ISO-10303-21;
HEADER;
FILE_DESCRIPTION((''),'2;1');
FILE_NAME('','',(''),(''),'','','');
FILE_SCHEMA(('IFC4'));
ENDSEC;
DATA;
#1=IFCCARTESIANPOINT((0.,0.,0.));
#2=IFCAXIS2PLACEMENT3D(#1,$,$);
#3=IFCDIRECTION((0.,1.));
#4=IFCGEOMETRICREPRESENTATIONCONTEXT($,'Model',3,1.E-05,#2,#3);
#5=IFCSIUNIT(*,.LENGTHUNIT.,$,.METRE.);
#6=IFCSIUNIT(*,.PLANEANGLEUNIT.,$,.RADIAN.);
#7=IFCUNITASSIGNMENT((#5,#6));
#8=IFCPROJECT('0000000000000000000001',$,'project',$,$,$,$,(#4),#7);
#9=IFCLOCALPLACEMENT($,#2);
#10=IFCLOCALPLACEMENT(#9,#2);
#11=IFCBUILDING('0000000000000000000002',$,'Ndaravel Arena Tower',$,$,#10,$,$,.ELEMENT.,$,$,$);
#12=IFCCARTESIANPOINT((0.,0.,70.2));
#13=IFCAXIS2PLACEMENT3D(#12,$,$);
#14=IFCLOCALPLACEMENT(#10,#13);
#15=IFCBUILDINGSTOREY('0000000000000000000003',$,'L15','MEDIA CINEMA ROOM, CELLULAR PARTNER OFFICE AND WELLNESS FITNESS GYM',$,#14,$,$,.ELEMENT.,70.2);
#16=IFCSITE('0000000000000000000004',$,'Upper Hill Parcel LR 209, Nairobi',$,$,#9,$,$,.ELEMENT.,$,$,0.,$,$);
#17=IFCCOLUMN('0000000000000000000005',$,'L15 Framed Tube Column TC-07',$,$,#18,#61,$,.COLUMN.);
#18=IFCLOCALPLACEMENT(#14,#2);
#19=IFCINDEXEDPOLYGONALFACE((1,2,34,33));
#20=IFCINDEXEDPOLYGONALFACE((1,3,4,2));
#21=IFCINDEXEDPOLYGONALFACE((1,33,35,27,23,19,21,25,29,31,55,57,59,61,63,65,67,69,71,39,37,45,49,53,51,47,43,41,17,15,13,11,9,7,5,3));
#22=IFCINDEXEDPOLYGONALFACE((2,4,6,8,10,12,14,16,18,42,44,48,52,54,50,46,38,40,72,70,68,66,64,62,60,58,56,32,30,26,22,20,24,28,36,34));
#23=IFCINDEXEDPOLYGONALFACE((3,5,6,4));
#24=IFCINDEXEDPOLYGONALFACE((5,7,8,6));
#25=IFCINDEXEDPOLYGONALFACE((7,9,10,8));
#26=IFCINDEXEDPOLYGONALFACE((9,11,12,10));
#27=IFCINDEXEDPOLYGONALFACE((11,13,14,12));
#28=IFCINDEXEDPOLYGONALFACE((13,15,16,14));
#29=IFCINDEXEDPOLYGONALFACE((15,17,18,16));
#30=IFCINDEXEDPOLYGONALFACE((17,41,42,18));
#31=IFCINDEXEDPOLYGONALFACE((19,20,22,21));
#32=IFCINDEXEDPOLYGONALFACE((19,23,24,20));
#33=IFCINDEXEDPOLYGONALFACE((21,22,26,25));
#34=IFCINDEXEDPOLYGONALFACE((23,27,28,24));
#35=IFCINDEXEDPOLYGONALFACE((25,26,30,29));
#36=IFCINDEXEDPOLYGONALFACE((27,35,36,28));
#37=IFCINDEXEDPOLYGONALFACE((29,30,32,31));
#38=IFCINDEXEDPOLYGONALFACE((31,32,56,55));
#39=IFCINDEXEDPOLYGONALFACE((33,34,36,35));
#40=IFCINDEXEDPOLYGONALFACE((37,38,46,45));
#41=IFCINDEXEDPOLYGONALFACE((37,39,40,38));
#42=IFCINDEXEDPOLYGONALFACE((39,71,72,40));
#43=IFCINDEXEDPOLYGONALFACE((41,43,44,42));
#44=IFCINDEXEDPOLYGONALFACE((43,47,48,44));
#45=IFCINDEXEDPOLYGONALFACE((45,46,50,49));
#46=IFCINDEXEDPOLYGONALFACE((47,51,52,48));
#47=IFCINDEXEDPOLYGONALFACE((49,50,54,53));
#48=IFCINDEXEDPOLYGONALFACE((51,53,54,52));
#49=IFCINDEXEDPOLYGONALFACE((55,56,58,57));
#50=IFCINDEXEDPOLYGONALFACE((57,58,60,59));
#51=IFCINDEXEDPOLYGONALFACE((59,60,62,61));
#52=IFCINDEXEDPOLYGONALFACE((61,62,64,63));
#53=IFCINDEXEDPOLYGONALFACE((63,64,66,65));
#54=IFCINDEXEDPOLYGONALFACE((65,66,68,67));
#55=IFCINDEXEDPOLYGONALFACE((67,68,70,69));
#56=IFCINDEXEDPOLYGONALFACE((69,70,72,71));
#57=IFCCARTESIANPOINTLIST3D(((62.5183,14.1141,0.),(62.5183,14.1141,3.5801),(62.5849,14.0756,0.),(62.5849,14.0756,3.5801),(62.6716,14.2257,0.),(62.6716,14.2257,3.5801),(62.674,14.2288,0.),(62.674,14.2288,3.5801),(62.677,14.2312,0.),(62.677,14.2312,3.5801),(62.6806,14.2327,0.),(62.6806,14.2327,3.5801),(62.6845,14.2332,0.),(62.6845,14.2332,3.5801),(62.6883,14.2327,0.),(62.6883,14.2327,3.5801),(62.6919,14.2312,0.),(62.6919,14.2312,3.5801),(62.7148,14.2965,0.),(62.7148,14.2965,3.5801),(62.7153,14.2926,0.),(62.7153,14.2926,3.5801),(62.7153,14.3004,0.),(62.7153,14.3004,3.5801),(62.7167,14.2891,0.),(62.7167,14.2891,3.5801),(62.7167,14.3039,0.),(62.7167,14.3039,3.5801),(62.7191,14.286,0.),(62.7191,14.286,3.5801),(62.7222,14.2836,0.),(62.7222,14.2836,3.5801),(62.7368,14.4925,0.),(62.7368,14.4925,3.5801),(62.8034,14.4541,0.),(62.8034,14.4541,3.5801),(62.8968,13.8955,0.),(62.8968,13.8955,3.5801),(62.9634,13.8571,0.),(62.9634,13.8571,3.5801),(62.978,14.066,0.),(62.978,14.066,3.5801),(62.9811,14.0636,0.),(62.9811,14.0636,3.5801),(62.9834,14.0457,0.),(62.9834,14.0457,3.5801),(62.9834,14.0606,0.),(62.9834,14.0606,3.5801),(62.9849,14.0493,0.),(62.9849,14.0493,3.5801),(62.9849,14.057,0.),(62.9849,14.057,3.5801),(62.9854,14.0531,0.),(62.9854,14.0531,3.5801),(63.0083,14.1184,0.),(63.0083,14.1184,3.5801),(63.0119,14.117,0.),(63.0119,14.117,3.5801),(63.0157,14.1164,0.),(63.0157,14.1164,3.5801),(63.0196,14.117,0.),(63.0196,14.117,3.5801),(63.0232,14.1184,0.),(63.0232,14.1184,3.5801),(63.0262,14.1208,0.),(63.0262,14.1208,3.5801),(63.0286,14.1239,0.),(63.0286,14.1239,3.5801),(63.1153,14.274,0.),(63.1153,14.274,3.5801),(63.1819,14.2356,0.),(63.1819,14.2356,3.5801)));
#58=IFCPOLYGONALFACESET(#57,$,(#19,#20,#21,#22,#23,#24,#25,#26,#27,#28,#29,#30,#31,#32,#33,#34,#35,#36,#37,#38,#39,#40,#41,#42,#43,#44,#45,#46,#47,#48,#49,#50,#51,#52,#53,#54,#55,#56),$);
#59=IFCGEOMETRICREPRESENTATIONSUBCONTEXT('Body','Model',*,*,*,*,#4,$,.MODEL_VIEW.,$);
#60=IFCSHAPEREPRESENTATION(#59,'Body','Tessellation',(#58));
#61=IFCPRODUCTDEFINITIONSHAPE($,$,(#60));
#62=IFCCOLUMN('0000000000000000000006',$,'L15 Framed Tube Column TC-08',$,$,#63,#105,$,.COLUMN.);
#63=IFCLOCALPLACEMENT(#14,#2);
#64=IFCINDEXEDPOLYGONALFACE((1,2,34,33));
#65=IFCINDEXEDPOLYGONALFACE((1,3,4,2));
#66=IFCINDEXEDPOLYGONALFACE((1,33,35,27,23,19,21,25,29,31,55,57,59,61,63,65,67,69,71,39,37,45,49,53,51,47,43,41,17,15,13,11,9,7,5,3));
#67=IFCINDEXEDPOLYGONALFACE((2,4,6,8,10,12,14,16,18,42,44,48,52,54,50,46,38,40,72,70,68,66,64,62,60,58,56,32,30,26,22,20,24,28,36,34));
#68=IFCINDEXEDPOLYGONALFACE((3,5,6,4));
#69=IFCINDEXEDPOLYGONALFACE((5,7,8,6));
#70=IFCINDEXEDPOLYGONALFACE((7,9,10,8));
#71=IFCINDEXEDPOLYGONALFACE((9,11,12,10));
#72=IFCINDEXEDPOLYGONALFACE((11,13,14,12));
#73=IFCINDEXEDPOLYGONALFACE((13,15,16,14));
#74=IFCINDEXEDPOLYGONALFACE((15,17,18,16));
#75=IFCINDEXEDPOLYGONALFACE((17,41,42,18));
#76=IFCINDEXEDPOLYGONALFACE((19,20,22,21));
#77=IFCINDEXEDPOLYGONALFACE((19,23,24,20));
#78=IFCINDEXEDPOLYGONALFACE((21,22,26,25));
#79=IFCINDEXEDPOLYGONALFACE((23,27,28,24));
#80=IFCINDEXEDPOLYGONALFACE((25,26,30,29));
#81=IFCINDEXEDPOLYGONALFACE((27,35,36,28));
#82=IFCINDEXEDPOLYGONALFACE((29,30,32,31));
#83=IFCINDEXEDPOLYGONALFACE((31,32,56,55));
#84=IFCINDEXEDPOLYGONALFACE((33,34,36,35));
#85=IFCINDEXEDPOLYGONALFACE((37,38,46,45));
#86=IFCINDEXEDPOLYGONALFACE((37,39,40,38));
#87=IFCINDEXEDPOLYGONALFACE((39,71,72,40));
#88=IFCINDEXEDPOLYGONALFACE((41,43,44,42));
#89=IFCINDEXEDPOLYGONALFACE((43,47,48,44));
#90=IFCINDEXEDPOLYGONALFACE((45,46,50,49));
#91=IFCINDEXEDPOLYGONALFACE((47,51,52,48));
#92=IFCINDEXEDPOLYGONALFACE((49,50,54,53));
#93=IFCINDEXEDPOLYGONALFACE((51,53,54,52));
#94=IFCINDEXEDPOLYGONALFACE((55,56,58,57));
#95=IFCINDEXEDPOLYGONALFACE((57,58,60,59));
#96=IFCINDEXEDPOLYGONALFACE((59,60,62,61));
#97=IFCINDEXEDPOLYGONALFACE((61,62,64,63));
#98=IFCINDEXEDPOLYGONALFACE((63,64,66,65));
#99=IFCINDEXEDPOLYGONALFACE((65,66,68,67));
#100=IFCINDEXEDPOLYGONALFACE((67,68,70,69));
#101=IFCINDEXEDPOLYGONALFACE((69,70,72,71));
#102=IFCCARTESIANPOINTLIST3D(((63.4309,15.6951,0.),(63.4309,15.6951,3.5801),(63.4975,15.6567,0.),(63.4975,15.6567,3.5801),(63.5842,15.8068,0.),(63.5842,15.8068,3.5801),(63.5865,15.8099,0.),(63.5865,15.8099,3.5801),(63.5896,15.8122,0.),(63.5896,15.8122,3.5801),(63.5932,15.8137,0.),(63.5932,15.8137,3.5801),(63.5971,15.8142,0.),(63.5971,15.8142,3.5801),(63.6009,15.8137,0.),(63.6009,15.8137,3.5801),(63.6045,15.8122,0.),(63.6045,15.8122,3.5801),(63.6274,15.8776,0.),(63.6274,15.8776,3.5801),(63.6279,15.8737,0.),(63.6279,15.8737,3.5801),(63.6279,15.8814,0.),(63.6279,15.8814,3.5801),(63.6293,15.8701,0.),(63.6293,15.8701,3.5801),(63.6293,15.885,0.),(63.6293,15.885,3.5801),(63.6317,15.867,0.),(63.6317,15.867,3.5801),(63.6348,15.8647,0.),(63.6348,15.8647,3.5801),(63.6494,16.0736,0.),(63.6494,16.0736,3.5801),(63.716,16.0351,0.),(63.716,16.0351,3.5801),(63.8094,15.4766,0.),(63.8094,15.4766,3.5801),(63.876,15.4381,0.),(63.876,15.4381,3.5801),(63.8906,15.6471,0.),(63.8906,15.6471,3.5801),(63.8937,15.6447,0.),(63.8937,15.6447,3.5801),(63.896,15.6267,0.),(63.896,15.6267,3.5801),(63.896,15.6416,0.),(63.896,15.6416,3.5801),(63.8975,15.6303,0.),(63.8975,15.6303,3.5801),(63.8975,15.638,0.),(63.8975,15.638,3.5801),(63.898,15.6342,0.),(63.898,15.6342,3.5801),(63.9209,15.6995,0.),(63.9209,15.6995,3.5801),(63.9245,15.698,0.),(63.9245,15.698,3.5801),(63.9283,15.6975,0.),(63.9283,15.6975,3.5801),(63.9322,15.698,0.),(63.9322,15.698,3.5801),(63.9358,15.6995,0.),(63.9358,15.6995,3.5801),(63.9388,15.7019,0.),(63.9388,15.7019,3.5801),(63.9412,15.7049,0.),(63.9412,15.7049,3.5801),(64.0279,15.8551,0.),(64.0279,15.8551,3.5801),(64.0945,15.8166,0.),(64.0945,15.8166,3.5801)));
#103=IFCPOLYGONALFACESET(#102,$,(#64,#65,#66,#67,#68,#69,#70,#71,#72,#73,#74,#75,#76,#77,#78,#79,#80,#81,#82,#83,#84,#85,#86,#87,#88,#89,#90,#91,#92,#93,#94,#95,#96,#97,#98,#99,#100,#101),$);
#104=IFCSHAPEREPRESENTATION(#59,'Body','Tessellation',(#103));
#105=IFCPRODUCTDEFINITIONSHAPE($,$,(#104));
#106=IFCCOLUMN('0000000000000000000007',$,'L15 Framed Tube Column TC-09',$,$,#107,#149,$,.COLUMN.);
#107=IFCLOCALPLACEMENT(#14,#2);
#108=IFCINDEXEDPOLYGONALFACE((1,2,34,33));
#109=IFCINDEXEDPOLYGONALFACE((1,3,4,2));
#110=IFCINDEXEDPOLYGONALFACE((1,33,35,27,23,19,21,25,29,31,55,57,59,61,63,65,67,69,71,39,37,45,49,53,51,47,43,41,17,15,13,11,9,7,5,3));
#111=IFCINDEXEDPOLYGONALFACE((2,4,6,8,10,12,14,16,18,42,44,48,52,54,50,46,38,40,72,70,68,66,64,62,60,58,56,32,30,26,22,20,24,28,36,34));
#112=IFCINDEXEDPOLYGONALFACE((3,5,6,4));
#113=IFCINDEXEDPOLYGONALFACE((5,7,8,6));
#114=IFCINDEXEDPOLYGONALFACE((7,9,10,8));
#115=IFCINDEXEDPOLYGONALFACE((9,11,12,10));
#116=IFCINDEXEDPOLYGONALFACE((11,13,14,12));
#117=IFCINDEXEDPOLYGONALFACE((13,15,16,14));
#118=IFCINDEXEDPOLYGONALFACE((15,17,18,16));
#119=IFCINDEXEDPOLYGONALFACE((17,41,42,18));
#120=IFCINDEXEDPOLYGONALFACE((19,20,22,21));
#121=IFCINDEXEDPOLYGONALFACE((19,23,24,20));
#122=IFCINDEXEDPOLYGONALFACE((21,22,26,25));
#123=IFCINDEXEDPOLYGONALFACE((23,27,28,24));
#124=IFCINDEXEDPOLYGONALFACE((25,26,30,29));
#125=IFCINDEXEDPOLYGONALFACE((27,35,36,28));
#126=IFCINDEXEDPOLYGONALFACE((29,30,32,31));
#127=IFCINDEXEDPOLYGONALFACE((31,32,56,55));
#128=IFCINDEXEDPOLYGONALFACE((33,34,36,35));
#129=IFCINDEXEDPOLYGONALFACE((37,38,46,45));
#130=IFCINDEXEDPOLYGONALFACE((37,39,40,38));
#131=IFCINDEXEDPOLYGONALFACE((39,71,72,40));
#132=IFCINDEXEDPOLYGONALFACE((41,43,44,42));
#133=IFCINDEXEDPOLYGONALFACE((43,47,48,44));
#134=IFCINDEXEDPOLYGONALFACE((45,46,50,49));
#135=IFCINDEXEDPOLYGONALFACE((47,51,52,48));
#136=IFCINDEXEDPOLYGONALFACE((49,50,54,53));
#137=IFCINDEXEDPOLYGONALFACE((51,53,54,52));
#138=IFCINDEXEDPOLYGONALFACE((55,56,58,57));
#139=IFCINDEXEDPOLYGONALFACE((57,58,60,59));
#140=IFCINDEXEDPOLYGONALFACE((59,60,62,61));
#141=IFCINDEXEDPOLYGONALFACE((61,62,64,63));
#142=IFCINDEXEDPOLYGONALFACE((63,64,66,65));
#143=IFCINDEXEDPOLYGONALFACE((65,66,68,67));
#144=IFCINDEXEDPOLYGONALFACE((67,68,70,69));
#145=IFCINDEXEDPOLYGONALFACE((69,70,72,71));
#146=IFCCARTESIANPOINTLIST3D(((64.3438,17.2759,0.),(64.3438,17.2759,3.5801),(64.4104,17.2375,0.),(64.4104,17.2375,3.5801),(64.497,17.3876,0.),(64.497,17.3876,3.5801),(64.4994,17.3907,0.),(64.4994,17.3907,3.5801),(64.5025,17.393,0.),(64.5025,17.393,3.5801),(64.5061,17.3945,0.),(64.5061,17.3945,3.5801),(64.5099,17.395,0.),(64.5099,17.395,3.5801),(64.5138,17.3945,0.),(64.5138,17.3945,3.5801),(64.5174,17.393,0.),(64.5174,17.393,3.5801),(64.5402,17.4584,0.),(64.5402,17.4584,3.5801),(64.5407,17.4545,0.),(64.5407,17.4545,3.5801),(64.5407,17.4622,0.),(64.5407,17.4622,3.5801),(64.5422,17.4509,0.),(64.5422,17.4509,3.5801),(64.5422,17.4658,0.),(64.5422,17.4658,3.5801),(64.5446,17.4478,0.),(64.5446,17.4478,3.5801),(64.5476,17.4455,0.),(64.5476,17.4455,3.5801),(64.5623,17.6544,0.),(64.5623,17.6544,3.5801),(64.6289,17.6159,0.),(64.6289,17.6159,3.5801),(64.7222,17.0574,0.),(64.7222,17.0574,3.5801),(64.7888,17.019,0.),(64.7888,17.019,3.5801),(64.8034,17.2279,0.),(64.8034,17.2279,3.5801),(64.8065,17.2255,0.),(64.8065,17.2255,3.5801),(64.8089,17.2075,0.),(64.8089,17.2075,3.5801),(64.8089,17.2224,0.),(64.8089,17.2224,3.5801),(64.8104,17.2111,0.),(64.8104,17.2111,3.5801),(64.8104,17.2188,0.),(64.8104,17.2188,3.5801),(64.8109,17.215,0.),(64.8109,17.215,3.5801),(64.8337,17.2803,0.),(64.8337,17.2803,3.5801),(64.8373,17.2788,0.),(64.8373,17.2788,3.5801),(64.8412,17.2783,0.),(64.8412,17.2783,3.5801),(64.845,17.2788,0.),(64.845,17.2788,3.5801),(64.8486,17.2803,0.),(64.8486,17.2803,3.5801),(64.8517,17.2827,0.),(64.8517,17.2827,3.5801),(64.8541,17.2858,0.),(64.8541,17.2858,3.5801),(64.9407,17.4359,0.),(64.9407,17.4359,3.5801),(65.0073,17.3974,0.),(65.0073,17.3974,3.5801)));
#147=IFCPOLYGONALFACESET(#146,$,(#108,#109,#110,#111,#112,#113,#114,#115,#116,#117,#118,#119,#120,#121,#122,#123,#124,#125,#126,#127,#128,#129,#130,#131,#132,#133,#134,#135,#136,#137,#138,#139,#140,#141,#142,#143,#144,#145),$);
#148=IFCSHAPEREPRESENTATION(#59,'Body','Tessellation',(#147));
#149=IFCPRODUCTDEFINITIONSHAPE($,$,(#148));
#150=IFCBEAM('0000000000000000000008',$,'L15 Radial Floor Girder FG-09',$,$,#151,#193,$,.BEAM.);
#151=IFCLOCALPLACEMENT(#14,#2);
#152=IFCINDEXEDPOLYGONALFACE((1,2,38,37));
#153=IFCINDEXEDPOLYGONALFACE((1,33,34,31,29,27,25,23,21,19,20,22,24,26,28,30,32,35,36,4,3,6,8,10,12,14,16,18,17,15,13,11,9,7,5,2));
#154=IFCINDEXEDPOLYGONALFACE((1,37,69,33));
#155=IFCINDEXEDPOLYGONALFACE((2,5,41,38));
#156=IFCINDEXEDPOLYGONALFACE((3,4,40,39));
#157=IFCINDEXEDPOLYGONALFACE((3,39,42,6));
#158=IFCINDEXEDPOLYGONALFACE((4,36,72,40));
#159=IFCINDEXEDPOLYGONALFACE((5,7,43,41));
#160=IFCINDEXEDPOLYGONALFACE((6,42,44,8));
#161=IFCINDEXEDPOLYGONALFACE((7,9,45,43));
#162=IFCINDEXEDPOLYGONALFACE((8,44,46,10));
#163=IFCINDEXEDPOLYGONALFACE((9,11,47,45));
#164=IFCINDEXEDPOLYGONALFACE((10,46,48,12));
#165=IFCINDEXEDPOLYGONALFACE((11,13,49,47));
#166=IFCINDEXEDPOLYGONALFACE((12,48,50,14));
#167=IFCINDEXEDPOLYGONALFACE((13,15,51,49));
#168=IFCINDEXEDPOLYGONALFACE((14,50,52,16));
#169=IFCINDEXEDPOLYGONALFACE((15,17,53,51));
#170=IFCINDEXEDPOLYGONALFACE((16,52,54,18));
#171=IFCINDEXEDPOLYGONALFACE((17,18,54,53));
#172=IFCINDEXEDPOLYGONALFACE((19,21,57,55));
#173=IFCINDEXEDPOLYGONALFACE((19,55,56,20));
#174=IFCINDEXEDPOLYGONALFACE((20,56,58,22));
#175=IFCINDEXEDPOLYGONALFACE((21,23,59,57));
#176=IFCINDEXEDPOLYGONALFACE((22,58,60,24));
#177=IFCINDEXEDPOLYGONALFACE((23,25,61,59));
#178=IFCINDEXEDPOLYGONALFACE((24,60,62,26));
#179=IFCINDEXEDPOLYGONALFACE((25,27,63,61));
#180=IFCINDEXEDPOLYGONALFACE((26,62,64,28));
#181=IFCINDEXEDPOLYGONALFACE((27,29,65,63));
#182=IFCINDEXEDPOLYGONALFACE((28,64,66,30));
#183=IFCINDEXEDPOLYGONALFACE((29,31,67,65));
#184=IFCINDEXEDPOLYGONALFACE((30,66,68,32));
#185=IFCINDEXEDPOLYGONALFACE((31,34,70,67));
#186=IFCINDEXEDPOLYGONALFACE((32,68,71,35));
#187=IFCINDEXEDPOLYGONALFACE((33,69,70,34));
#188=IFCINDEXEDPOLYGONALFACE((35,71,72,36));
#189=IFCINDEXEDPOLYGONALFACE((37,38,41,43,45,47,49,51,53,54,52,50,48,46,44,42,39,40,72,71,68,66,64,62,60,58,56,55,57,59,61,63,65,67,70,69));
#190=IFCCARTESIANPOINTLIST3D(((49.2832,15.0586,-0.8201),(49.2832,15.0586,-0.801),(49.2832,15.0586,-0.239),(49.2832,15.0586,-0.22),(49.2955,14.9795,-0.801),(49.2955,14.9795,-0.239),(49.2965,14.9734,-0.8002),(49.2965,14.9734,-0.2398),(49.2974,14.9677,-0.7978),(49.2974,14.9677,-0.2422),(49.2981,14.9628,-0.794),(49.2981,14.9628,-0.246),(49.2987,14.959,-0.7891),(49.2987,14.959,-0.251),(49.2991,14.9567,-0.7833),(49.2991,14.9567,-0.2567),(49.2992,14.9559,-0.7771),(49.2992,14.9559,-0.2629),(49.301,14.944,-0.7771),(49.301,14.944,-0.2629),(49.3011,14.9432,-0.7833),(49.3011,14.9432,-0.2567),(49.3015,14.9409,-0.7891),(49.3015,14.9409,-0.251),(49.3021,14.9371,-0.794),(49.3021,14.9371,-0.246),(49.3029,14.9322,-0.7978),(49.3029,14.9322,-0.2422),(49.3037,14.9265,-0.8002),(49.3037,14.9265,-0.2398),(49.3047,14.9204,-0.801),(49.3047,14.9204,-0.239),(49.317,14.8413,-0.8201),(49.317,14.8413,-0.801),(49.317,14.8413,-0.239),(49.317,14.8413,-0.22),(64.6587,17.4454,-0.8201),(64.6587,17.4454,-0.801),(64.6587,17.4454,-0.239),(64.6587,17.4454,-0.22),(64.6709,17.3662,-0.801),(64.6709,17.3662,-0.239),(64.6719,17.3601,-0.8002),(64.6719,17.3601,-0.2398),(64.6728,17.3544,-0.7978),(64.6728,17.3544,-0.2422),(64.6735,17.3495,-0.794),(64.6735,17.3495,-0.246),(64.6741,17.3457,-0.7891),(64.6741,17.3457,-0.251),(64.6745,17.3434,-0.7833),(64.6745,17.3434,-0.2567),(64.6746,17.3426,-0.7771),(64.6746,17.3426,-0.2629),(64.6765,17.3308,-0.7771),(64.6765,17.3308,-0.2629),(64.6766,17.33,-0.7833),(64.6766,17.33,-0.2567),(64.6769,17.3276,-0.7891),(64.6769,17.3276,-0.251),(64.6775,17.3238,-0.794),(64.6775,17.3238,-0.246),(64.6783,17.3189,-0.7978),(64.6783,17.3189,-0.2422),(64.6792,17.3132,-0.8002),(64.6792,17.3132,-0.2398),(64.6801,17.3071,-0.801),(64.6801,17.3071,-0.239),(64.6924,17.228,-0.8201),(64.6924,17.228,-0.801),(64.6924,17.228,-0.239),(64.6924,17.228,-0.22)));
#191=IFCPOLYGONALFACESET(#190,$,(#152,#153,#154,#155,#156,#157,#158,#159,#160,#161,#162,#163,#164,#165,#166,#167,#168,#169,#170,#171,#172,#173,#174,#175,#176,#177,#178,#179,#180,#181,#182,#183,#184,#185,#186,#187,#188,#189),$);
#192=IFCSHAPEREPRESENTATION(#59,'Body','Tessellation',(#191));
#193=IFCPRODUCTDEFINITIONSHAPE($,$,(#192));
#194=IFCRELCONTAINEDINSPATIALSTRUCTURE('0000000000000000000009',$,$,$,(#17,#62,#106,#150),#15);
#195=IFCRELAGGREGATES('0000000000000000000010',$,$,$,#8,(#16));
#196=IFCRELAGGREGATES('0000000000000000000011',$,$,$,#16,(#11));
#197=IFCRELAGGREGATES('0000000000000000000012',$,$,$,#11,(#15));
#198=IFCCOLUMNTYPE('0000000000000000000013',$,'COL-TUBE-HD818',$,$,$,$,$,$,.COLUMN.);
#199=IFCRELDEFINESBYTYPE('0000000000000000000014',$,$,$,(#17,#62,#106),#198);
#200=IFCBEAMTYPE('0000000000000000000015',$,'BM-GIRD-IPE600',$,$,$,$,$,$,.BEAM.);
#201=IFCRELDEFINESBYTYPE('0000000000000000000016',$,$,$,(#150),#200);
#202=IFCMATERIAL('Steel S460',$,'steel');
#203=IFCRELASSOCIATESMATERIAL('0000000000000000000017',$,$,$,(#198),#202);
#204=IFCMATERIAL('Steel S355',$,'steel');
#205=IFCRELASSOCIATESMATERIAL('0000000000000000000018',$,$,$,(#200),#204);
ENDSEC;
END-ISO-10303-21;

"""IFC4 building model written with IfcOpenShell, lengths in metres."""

from ifc_helpers import new_model, si_unit, direction, frame, origin, origin_2d, place, context, subcontext, project, spatial, i_section, extrude, material, material_profile, profile_set, type_object, element, save


model = new_model("IFC4")

# Units and contexts
model_context = context("Model", 3, precision=1e-05, world=origin(), true_north=direction((0.0, 1.0)))
body_context = subcontext(model_context, "Body", "Model", "MODEL_VIEW")
ifc_project = project(units=[si_unit("LENGTHUNIT", "METRE"), si_unit("PLANEANGLEUNIT", "RADIAN")], contexts=[model_context])

# Site, building, storey
site_placement = place(None, origin())
site = spatial("IfcSite", under=ifc_project, at=site_placement, Name="Upper Hill Parcel LR 209, Nairobi", CompositionType="ELEMENT", RefElevation=0.0)
building_placement = place(site_placement, origin())
building = spatial("IfcBuilding", under=site, at=building_placement, Name="Ndaravel Arena Tower", CompositionType="ELEMENT")
storey_placement = place(building_placement, frame((0.0, 0.0, 70.2)))
storey = spatial("IfcBuildingStorey", under=building, at=storey_placement, Name="L15", Description="MEDIA CINEMA ROOM, CELLULAR PARTNER OFFICE AND WELLNESS FITNESS GYM", CompositionType="ELEMENT", Elevation=70.2)

# Columns
ifc_material_1 = material(Name="Steel S460", Category="steel")
ifc_material_profile_1 = material_profile(ifc_material_1, i_section(OverallWidth=0.437, OverallDepth=0.5139, WebThickness=0.0605, FlangeThickness=0.0769, FilletRadius=0.0149, at=origin_2d()), Name="HD 400x818")
ifc_profile_set_1 = profile_set([ifc_material_profile_1], Name="Steel S460")
column_type = type_object("IfcColumnType", Name="COL-TUBE-HD818", PredefinedType="COLUMN", material=ifc_profile_set_1)
for number, where, z_axis, x_axis, name in (
    (1, (62.8501, 14.1748, 0.0), (0.0, 0.0, 1.0), (0.5, 0.866025, 0.0), "L15 Framed Tube Column TC-07"),
    (2, (63.7627, 15.7559, 0.0), (0.0, 0.0, 1.0), (0.5, 0.866025, 0.0), "L15 Framed Tube Column TC-08"),
    (3, (64.6755, 17.3367, 0.0), (0.0, 0.0, 1.0), (0.5, 0.866025, 0.0), "L15 Framed Tube Column TC-09"),
):
    element("IfcColumn", number, at=place(storey_placement, frame(where, z_axis=z_axis, x_axis=x_axis)), inside=storey, type_object=column_type, Name=name, PredefinedType="COLUMN", context=body_context, shape_type="SweptSolid", body=[
        extrude(i_section(OverallWidth=0.437, OverallDepth=0.5139, WebThickness=0.0605, FlangeThickness=0.0769, FilletRadius=0.0149, at=origin_2d()), origin(), (0.0, 0.0, 1.0), 3.5801),
    ])

# Beam
ifc_material_2 = material(Name="Steel S355", Category="steel")
ifc_material_profile_2 = material_profile(ifc_material_2, i_section(OverallWidth=0.22, OverallDepth=0.6001, WebThickness=0.012, FlangeThickness=0.019, FilletRadius=0.0239, at=origin_2d()), Name="IPE 600")
ifc_profile_set_2 = profile_set([ifc_material_profile_2], Name="Steel S355")
beam_type_1 = type_object("IfcBeamType", Name="BM-GIRD-IPE600", PredefinedType="BEAM", material=ifc_profile_set_2)
beam_1_placement = place(storey_placement, frame((64.6755, 17.3367, -0.52), z_axis=(-0.988165, -0.153392, 0.0), x_axis=(0.153392, -0.988165, 0.0)))
element("IfcBeam", 4, at=beam_1_placement, inside=storey, type_object=beam_type_1, Name="L15 Radial Floor Girder FG-09", PredefinedType="BEAM", context=body_context, shape_type="SweptSolid", body=[
    extrude(i_section(OverallWidth=0.22, OverallDepth=0.6001, WebThickness=0.012, FlangeThickness=0.019, FilletRadius=0.0239, at=origin_2d()), origin(), (0.0, 0.0, 1.0), 15.5596),
])

save(model, "model.ifc")
